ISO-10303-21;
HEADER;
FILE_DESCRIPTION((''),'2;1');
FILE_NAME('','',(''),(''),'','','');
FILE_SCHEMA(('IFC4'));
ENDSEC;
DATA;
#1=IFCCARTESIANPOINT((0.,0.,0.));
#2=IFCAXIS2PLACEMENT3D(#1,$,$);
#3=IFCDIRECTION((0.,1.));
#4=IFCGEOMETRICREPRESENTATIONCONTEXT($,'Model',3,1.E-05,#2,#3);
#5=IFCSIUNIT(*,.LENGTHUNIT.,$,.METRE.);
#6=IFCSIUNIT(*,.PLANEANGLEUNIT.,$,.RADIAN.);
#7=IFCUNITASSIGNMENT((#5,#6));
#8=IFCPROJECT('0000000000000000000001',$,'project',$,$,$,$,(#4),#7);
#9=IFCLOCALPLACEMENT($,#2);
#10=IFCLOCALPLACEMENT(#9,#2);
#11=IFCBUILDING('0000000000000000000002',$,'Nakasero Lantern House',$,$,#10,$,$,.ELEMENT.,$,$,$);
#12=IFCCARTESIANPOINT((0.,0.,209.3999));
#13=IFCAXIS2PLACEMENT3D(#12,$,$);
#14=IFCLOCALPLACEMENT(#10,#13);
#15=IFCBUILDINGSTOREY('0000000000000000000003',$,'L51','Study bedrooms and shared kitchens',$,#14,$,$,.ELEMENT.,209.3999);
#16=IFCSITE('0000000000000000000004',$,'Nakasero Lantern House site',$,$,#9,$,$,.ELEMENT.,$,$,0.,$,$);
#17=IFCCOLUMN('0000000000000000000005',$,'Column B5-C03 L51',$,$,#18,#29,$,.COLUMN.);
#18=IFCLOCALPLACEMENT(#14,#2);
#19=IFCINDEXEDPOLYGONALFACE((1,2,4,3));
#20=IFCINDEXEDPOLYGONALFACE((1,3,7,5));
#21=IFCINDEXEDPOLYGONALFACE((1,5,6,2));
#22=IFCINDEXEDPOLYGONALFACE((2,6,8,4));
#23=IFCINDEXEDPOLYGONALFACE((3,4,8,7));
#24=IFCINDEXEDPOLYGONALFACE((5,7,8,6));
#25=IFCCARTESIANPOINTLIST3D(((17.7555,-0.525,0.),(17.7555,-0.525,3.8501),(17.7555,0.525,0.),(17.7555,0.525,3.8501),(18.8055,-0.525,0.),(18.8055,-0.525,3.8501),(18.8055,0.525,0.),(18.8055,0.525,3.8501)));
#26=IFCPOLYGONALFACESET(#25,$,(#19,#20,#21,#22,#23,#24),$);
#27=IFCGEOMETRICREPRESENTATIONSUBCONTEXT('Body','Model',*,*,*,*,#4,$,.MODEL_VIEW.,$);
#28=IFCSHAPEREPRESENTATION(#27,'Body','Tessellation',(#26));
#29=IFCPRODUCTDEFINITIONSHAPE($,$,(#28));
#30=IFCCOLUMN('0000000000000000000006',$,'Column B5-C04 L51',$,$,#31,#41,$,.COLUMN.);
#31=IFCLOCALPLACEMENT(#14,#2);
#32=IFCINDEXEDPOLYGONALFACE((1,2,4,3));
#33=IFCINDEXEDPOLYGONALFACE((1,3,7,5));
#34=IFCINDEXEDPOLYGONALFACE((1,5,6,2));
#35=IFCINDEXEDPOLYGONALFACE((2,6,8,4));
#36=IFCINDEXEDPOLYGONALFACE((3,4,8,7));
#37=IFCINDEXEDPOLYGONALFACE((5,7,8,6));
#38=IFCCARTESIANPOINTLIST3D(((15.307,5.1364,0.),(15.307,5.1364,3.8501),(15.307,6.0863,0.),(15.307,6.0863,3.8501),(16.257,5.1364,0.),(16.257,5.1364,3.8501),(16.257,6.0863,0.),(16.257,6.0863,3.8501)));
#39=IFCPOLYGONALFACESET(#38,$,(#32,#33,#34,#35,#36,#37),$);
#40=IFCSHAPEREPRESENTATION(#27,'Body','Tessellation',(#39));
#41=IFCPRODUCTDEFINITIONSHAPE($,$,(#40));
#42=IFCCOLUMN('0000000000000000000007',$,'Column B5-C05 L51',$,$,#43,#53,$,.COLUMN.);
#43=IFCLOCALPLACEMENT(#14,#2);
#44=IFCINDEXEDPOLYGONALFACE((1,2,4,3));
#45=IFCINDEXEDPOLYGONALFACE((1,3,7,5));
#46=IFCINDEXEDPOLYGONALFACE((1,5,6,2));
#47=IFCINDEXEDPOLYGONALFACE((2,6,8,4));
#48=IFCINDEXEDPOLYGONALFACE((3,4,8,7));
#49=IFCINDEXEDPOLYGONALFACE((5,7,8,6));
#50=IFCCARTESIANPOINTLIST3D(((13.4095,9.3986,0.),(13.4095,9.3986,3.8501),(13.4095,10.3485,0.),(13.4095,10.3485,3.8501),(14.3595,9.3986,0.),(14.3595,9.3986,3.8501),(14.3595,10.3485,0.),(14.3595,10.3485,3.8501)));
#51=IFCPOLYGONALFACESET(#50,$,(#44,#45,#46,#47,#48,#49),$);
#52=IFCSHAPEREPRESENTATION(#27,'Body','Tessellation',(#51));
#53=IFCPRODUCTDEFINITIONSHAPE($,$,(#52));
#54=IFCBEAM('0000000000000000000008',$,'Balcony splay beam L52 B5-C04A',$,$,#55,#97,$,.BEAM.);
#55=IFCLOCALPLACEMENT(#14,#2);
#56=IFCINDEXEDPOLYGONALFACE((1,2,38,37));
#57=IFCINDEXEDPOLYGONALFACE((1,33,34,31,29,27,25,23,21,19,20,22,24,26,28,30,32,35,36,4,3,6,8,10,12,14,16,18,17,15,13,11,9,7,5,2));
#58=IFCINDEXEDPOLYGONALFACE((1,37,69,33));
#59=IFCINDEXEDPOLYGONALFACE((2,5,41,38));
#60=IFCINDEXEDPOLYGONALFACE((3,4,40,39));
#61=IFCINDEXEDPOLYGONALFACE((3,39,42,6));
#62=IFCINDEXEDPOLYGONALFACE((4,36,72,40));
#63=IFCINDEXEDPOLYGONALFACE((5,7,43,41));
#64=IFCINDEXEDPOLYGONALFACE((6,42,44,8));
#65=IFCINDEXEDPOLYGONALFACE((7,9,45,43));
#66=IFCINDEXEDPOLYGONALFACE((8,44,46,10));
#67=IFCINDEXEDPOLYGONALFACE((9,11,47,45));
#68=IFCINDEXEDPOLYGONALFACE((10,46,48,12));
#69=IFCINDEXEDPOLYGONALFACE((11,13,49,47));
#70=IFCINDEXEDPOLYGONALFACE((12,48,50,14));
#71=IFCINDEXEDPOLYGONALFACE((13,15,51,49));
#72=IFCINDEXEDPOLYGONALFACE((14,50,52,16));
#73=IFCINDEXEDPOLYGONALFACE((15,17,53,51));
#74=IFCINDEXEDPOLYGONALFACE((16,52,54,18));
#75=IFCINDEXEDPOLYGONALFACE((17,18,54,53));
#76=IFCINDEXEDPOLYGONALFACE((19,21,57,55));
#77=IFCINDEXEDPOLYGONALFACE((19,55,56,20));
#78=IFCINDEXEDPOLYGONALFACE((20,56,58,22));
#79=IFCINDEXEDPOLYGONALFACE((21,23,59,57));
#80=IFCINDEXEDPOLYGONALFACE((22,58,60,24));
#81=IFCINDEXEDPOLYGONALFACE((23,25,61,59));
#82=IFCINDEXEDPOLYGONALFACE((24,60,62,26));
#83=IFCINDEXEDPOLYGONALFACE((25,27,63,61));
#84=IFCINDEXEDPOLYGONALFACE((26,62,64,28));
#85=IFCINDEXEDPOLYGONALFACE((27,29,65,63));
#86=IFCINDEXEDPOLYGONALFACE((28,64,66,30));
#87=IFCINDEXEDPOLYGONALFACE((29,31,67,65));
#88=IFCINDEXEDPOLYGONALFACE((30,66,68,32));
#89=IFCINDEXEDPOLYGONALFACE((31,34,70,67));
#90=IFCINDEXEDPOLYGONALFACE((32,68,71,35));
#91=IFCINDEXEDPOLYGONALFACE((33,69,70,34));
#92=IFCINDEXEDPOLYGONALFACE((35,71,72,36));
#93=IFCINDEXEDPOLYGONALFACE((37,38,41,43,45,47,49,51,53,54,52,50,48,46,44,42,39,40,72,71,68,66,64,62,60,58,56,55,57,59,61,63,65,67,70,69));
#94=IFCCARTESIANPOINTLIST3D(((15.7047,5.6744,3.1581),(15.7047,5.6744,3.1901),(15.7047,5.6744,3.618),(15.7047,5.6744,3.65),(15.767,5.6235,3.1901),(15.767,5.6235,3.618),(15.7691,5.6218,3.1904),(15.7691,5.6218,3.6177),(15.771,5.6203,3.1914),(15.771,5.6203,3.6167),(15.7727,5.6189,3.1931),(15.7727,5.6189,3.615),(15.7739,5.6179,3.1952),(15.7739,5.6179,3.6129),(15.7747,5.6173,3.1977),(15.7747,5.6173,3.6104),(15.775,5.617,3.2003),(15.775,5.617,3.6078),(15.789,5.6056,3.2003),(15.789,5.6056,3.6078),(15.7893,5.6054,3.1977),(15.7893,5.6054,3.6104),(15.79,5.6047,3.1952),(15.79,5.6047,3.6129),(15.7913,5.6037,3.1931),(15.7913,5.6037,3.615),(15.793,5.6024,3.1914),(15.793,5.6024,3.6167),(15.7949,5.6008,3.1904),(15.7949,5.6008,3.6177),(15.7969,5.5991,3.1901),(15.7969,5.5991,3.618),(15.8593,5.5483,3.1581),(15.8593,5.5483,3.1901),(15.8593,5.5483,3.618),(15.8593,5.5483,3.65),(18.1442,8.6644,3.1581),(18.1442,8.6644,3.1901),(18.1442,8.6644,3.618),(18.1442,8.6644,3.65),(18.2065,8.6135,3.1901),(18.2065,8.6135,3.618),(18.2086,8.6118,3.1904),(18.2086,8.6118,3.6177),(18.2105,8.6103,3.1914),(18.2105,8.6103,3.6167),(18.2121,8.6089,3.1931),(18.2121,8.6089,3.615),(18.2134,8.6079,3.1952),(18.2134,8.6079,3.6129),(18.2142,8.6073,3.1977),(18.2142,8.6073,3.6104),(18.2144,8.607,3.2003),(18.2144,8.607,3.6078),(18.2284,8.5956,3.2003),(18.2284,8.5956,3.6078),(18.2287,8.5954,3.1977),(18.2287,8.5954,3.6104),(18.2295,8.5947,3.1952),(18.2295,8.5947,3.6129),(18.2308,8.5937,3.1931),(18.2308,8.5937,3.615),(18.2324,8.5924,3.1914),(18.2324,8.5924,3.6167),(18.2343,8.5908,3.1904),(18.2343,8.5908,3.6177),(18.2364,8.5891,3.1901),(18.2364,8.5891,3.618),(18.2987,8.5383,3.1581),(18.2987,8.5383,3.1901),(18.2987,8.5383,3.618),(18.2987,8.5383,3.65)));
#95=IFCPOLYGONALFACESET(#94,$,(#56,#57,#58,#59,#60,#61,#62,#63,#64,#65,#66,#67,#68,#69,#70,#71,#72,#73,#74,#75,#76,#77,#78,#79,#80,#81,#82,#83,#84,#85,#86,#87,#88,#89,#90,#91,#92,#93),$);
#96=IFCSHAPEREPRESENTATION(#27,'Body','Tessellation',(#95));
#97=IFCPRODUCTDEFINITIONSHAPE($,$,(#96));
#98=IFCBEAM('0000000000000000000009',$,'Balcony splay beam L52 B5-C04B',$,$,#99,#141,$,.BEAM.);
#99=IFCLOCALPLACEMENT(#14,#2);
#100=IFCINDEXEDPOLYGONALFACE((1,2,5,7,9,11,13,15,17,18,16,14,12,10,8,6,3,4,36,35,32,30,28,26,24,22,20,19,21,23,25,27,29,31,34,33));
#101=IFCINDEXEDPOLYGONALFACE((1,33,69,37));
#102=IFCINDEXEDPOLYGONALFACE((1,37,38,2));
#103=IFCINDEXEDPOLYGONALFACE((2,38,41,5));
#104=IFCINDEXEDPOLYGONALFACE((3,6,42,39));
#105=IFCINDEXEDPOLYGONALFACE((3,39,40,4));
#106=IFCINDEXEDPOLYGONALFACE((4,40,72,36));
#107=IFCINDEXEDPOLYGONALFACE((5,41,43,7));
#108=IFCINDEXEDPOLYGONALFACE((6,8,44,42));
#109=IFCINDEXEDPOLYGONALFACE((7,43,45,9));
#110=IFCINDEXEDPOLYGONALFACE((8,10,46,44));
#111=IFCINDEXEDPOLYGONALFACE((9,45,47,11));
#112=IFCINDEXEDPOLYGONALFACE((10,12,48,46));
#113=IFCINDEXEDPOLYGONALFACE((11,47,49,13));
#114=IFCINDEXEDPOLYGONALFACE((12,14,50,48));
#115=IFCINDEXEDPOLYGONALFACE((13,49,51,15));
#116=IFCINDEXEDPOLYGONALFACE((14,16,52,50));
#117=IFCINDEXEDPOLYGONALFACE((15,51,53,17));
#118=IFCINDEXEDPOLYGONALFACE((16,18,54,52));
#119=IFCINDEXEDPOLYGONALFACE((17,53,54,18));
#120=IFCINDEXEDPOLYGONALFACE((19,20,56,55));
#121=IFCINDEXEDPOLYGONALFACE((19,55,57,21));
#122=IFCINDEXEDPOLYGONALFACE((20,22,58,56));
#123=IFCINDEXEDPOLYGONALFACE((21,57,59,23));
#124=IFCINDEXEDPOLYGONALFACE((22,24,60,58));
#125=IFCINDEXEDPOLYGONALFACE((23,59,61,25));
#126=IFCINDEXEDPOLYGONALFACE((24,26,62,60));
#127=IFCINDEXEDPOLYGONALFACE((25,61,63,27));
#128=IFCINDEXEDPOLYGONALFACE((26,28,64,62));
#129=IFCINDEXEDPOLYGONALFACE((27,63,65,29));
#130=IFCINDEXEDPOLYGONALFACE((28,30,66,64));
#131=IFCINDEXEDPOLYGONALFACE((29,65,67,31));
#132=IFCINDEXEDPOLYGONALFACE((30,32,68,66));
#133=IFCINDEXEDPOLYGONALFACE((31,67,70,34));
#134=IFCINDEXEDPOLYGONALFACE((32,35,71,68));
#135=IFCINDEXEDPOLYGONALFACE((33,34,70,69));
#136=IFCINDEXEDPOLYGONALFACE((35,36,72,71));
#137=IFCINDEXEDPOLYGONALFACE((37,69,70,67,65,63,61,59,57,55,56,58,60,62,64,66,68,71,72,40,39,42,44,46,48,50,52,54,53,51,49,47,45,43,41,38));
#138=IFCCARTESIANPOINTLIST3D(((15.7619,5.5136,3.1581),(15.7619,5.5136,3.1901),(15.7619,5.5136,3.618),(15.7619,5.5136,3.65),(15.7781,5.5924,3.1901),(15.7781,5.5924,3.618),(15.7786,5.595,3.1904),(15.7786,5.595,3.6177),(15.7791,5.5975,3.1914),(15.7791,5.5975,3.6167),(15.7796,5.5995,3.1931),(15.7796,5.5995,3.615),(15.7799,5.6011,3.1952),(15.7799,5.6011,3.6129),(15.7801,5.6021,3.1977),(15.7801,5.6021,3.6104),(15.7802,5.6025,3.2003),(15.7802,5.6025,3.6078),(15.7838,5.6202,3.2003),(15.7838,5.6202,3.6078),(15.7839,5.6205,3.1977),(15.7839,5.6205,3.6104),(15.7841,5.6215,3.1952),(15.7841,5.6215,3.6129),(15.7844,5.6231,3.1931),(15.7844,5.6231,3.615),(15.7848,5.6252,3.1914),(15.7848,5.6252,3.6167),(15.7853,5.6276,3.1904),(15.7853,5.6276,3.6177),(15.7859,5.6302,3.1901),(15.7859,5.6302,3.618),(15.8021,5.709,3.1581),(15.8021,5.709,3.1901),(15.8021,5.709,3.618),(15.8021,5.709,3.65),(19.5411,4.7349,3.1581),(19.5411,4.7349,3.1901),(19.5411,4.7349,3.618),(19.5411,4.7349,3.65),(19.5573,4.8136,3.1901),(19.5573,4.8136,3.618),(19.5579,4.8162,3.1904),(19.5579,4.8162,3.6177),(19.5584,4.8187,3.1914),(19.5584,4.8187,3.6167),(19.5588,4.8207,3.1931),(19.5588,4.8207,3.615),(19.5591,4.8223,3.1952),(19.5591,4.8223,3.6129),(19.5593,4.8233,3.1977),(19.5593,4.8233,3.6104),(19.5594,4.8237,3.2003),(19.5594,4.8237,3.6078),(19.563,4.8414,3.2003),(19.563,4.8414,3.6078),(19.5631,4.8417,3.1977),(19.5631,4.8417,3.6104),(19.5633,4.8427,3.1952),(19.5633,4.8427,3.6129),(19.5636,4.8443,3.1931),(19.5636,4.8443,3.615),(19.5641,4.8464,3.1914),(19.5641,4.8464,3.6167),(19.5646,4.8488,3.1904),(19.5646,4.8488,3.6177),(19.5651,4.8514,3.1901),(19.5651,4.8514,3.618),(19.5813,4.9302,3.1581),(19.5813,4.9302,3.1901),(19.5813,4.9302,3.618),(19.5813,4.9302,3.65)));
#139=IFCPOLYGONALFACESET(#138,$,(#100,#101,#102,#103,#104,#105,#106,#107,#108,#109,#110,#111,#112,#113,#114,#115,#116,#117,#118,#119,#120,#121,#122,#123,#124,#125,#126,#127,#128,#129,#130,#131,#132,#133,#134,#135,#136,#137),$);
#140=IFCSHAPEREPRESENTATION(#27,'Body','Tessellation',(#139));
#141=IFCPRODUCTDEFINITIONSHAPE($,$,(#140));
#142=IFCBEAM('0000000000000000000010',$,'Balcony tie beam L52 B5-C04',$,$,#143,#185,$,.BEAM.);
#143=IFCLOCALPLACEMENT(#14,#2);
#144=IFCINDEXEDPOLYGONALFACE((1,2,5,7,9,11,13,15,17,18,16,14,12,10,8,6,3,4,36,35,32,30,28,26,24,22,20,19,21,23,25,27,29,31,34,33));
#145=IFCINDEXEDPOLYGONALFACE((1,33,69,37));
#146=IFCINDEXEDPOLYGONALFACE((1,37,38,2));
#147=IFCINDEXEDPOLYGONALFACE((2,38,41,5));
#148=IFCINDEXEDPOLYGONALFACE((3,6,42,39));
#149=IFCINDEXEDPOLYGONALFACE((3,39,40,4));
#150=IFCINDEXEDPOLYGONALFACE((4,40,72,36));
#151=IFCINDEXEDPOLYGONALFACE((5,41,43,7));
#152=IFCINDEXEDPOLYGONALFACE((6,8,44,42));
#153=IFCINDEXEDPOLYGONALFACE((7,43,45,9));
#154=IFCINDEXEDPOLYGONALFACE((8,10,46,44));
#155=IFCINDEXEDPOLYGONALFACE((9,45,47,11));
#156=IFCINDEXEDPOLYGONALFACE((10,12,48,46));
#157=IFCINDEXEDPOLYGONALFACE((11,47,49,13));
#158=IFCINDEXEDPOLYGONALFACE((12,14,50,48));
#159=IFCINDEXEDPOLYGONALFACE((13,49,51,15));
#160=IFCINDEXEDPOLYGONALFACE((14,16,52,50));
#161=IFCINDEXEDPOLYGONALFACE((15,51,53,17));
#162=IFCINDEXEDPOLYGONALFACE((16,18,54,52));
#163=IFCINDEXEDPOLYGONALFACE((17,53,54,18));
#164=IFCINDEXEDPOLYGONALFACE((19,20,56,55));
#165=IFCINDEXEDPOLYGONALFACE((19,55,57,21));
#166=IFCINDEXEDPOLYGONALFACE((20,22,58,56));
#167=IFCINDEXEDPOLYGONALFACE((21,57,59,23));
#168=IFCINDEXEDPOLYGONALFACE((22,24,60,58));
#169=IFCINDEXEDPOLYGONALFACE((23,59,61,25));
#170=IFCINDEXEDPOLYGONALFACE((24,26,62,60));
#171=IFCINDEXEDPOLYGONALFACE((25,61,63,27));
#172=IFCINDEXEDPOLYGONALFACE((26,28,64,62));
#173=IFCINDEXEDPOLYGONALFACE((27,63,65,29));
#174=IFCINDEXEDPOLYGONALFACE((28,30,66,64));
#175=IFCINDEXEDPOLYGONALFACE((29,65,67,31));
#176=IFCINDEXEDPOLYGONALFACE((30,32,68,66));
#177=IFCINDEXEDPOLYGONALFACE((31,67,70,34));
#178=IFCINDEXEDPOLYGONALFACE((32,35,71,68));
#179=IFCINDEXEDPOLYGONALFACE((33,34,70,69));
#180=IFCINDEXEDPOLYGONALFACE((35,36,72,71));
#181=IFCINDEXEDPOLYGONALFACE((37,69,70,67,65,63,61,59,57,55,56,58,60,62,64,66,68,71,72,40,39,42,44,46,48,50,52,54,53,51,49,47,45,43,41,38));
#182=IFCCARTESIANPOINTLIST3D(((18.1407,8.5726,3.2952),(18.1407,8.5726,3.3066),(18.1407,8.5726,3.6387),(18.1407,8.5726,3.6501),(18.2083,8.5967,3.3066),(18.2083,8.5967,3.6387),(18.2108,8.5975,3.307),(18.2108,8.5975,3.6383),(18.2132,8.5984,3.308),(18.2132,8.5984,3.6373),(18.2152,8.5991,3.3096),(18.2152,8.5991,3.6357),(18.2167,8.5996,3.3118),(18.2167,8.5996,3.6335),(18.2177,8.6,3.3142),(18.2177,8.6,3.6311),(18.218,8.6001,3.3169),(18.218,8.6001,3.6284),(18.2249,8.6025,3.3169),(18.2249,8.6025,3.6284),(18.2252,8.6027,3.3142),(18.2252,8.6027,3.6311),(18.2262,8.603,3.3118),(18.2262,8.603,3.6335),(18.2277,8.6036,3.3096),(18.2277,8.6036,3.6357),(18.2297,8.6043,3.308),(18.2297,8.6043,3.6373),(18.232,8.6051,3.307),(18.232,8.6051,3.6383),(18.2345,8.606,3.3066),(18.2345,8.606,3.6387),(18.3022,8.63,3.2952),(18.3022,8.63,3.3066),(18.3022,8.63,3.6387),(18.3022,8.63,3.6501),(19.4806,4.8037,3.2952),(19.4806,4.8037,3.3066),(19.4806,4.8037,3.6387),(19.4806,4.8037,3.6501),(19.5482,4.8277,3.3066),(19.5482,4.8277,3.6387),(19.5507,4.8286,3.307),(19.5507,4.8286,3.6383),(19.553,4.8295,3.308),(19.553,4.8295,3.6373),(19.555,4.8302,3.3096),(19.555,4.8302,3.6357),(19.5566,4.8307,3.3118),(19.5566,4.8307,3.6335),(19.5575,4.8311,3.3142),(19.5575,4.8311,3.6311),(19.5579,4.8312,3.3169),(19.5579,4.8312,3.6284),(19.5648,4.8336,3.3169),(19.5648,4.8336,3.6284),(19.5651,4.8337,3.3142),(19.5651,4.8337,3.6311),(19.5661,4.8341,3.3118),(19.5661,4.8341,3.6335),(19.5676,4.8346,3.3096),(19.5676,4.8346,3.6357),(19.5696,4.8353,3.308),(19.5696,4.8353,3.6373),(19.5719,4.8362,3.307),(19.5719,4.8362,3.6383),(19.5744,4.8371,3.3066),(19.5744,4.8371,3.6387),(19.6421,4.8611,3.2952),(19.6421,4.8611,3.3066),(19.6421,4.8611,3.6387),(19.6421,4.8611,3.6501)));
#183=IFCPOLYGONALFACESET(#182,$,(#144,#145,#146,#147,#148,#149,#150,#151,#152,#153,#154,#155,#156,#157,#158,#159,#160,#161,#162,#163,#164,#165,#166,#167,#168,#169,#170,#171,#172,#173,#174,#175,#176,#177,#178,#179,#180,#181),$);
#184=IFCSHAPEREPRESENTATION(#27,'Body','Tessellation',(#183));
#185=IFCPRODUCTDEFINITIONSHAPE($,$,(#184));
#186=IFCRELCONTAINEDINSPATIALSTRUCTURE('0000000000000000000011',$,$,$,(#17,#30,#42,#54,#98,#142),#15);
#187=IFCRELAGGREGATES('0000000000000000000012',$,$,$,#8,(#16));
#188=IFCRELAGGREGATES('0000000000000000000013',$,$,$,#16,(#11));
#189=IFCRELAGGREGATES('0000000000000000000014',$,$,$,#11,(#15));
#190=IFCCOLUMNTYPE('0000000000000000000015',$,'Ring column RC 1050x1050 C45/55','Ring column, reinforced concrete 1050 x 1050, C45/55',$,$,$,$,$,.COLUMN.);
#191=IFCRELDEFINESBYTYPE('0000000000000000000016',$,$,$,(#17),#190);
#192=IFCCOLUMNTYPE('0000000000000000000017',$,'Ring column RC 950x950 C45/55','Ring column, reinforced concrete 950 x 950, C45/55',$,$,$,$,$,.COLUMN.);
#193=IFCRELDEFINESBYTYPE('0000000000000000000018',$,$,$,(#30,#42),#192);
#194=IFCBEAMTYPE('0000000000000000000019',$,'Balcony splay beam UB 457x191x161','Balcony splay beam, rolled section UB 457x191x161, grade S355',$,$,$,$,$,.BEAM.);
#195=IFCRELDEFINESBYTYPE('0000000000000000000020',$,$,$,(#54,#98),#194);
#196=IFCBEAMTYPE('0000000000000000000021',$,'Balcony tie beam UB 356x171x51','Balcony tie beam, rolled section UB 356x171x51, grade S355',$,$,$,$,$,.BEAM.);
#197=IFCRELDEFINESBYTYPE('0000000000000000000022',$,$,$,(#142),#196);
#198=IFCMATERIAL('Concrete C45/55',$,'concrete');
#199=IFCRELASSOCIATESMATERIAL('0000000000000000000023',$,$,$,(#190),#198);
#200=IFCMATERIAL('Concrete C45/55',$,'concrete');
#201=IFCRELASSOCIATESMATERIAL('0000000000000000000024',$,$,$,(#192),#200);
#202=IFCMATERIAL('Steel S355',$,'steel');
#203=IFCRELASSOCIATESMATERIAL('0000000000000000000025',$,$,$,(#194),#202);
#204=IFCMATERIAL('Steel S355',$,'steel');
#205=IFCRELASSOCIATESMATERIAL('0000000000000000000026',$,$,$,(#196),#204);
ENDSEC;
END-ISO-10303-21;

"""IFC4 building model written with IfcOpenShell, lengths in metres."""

from ifc_helpers import new_model, si_unit, direction, frame, origin, origin_2d, place, context, subcontext, project, spatial, rectangle, i_section, extrude, material, material_profile, profile_set, type_object, element, save


model = new_model("IFC4")

# Units and contexts
model_context = context("Model", 3, precision=1e-05, world=origin(), true_north=direction((0.0, 1.0)))
body_context = subcontext(model_context, "Body", "Model", "MODEL_VIEW")
ifc_project = project(units=[si_unit("LENGTHUNIT", "METRE"), si_unit("PLANEANGLEUNIT", "RADIAN")], contexts=[model_context])

# Site, building, storey
site_placement = place(None, origin())
site = spatial("IfcSite", under=ifc_project, at=site_placement, Name="Nakasero Lantern House site", CompositionType="ELEMENT", RefElevation=0.0)
building_placement = place(site_placement, origin())
building = spatial("IfcBuilding", under=site, at=building_placement, Name="Nakasero Lantern House", CompositionType="ELEMENT")
storey_placement = place(building_placement, frame((0.0, 0.0, 209.3999)))
storey = spatial("IfcBuildingStorey", under=building, at=storey_placement, Name="L51", Description="Study bedrooms and shared kitchens", CompositionType="ELEMENT", Elevation=209.3999)

# Columns
ifc_material_1 = material(Name="Concrete C45/55", Category="concrete")
ifc_material_profile_1 = material_profile(ifc_material_1, rectangle(XDim=1.05, YDim=1.05, at=origin_2d()), Name="RC 1050x1050")
ifc_profile_set_1 = profile_set([ifc_material_profile_1], Name="Concrete C45/55")
column_type_1 = type_object("IfcColumnType", Name="Ring column RC 1050x1050 C45/55", Description="Ring column, reinforced concrete 1050 x 1050, C45/55", PredefinedType="COLUMN", material=ifc_profile_set_1)
column_placement = place(storey_placement, frame((18.2805, 0.0, 0.0), z_axis=(0.0, 0.0, 1.0), x_axis=(1.0, 0.0, 0.0)))
element("IfcColumn", 1, at=column_placement, inside=storey, type_object=column_type_1, Name="Column B5-C03 L51", PredefinedType="COLUMN", context=body_context, shape_type="SweptSolid", body=[
    extrude(rectangle(XDim=1.05, YDim=1.05, at=origin_2d()), origin(), (0.0, 0.0, 1.0), 3.8501),
])
ifc_material_2 = material(Name="Concrete C45/55", Category="concrete")
ifc_material_profile_2 = material_profile(ifc_material_2, rectangle(XDim=0.95, YDim=0.95, at=origin_2d()), Name="RC 950x950")
ifc_profile_set_2 = profile_set([ifc_material_profile_2], Name="Concrete C45/55")
column_type_2 = type_object("IfcColumnType", Name="Ring column RC 950x950 C45/55", Description="Ring column, reinforced concrete 950 x 950, C45/55", PredefinedType="COLUMN", material=ifc_profile_set_2)
for number, where, z_axis, x_axis, name in (
    (2, (15.782, 5.6113, 0.0), (0.0, 0.0, 1.0), (1.0, 0.0, 0.0), "Column B5-C04 L51"),
    (3, (13.8845, 9.8735, 0.0), (0.0, 0.0, 1.0), (1.0, 0.0, 0.0), "Column B5-C05 L51"),
):
    element("IfcColumn", number, at=place(storey_placement, frame(where, z_axis=z_axis, x_axis=x_axis)), inside=storey, type_object=column_type_2, Name=name, PredefinedType="COLUMN", context=body_context, shape_type="SweptSolid", body=[
        extrude(rectangle(XDim=0.95, YDim=0.95, at=origin_2d()), origin(), (0.0, 0.0, 1.0), 3.8501),
    ])

# Beams
ifc_material_3 = material(Name="Steel S355", Category="steel")
ifc_material_profile_3 = material_profile(ifc_material_3, i_section(OverallWidth=0.1995, OverallDepth=0.4919, WebThickness=0.0181, FlangeThickness=0.032, FilletRadius=0.0103, at=origin_2d()), Name="UB 457x191x161")
ifc_profile_set_3 = profile_set([ifc_material_profile_3], Name="Steel S355")
beam_type_1 = type_object("IfcBeamType", Name="Balcony splay beam UB 457x191x161", Description="Balcony splay beam, rolled section UB 457x191x161, grade S355", PredefinedType="BEAM", material=ifc_profile_set_3)
beam_1_placement = place(storey_placement, frame((15.782, 5.6113, 3.4041), z_axis=(0.632166, 0.774833, 0.0), x_axis=(-0.774833, 0.632166, 0.0)))
element("IfcBeam", 4, at=beam_1_placement, inside=storey, type_object=beam_type_1, Name="Balcony splay beam L52 B5-C04A", PredefinedType="BEAM", context=body_context, shape_type="SweptSolid", body=[
    extrude(i_section(OverallWidth=0.1995, OverallDepth=0.4919, WebThickness=0.0181, FlangeThickness=0.032, FilletRadius=0.0103, at=origin_2d()), origin(), (0.0, 0.0, 1.0), 3.8589),
])
beam_2_placement = place(storey_placement, frame((15.782, 5.6113, 3.4041), z_axis=(0.97942, -0.201831, 0.0), x_axis=(0.201831, 0.97942, 0.0)))
element("IfcBeam", 5, at=beam_2_placement, inside=storey, type_object=beam_type_1, Name="Balcony splay beam L52 B5-C04B", PredefinedType="BEAM", context=body_context, shape_type="SweptSolid", body=[
    extrude(i_section(OverallWidth=0.1995, OverallDepth=0.4919, WebThickness=0.0181, FlangeThickness=0.032, FilletRadius=0.0103, at=origin_2d()), origin(), (0.0, 0.0, 1.0), 3.8586),
])
ifc_material_4 = material(Name="Steel S355", Category="steel")
ifc_material_profile_4 = material_profile(ifc_material_4, i_section(OverallWidth=0.1714, OverallDepth=0.355, WebThickness=0.0073, FlangeThickness=0.0115, FilletRadius=0.0103, at=origin_2d()), Name="UB 356x171x51")
ifc_profile_set_4 = profile_set([ifc_material_profile_4], Name="Steel S355")
beam_type_2 = type_object("IfcBeamType", Name="Balcony tie beam UB 356x171x51", Description="Balcony tie beam, rolled section UB 356x171x51, grade S355", PredefinedType="BEAM", material=ifc_profile_set_4)
beam_3_placement = place(storey_placement, frame((18.2214, 8.6013, 3.4727), z_axis=(0.334971, -0.942228, 0.0), x_axis=(0.942228, 0.334971, 0.0)))
element("IfcBeam", 6, at=beam_3_placement, inside=storey, type_object=beam_type_2, Name="Balcony tie beam L52 B5-C04", PredefinedType="BEAM", context=body_context, shape_type="SweptSolid", body=[
    extrude(i_section(OverallWidth=0.1714, OverallDepth=0.355, WebThickness=0.0073, FlangeThickness=0.0115, FilletRadius=0.0103, at=origin_2d()), origin(), (0.0, 0.0, 1.0), 4.0),
])

save(model, "model.ifc")
